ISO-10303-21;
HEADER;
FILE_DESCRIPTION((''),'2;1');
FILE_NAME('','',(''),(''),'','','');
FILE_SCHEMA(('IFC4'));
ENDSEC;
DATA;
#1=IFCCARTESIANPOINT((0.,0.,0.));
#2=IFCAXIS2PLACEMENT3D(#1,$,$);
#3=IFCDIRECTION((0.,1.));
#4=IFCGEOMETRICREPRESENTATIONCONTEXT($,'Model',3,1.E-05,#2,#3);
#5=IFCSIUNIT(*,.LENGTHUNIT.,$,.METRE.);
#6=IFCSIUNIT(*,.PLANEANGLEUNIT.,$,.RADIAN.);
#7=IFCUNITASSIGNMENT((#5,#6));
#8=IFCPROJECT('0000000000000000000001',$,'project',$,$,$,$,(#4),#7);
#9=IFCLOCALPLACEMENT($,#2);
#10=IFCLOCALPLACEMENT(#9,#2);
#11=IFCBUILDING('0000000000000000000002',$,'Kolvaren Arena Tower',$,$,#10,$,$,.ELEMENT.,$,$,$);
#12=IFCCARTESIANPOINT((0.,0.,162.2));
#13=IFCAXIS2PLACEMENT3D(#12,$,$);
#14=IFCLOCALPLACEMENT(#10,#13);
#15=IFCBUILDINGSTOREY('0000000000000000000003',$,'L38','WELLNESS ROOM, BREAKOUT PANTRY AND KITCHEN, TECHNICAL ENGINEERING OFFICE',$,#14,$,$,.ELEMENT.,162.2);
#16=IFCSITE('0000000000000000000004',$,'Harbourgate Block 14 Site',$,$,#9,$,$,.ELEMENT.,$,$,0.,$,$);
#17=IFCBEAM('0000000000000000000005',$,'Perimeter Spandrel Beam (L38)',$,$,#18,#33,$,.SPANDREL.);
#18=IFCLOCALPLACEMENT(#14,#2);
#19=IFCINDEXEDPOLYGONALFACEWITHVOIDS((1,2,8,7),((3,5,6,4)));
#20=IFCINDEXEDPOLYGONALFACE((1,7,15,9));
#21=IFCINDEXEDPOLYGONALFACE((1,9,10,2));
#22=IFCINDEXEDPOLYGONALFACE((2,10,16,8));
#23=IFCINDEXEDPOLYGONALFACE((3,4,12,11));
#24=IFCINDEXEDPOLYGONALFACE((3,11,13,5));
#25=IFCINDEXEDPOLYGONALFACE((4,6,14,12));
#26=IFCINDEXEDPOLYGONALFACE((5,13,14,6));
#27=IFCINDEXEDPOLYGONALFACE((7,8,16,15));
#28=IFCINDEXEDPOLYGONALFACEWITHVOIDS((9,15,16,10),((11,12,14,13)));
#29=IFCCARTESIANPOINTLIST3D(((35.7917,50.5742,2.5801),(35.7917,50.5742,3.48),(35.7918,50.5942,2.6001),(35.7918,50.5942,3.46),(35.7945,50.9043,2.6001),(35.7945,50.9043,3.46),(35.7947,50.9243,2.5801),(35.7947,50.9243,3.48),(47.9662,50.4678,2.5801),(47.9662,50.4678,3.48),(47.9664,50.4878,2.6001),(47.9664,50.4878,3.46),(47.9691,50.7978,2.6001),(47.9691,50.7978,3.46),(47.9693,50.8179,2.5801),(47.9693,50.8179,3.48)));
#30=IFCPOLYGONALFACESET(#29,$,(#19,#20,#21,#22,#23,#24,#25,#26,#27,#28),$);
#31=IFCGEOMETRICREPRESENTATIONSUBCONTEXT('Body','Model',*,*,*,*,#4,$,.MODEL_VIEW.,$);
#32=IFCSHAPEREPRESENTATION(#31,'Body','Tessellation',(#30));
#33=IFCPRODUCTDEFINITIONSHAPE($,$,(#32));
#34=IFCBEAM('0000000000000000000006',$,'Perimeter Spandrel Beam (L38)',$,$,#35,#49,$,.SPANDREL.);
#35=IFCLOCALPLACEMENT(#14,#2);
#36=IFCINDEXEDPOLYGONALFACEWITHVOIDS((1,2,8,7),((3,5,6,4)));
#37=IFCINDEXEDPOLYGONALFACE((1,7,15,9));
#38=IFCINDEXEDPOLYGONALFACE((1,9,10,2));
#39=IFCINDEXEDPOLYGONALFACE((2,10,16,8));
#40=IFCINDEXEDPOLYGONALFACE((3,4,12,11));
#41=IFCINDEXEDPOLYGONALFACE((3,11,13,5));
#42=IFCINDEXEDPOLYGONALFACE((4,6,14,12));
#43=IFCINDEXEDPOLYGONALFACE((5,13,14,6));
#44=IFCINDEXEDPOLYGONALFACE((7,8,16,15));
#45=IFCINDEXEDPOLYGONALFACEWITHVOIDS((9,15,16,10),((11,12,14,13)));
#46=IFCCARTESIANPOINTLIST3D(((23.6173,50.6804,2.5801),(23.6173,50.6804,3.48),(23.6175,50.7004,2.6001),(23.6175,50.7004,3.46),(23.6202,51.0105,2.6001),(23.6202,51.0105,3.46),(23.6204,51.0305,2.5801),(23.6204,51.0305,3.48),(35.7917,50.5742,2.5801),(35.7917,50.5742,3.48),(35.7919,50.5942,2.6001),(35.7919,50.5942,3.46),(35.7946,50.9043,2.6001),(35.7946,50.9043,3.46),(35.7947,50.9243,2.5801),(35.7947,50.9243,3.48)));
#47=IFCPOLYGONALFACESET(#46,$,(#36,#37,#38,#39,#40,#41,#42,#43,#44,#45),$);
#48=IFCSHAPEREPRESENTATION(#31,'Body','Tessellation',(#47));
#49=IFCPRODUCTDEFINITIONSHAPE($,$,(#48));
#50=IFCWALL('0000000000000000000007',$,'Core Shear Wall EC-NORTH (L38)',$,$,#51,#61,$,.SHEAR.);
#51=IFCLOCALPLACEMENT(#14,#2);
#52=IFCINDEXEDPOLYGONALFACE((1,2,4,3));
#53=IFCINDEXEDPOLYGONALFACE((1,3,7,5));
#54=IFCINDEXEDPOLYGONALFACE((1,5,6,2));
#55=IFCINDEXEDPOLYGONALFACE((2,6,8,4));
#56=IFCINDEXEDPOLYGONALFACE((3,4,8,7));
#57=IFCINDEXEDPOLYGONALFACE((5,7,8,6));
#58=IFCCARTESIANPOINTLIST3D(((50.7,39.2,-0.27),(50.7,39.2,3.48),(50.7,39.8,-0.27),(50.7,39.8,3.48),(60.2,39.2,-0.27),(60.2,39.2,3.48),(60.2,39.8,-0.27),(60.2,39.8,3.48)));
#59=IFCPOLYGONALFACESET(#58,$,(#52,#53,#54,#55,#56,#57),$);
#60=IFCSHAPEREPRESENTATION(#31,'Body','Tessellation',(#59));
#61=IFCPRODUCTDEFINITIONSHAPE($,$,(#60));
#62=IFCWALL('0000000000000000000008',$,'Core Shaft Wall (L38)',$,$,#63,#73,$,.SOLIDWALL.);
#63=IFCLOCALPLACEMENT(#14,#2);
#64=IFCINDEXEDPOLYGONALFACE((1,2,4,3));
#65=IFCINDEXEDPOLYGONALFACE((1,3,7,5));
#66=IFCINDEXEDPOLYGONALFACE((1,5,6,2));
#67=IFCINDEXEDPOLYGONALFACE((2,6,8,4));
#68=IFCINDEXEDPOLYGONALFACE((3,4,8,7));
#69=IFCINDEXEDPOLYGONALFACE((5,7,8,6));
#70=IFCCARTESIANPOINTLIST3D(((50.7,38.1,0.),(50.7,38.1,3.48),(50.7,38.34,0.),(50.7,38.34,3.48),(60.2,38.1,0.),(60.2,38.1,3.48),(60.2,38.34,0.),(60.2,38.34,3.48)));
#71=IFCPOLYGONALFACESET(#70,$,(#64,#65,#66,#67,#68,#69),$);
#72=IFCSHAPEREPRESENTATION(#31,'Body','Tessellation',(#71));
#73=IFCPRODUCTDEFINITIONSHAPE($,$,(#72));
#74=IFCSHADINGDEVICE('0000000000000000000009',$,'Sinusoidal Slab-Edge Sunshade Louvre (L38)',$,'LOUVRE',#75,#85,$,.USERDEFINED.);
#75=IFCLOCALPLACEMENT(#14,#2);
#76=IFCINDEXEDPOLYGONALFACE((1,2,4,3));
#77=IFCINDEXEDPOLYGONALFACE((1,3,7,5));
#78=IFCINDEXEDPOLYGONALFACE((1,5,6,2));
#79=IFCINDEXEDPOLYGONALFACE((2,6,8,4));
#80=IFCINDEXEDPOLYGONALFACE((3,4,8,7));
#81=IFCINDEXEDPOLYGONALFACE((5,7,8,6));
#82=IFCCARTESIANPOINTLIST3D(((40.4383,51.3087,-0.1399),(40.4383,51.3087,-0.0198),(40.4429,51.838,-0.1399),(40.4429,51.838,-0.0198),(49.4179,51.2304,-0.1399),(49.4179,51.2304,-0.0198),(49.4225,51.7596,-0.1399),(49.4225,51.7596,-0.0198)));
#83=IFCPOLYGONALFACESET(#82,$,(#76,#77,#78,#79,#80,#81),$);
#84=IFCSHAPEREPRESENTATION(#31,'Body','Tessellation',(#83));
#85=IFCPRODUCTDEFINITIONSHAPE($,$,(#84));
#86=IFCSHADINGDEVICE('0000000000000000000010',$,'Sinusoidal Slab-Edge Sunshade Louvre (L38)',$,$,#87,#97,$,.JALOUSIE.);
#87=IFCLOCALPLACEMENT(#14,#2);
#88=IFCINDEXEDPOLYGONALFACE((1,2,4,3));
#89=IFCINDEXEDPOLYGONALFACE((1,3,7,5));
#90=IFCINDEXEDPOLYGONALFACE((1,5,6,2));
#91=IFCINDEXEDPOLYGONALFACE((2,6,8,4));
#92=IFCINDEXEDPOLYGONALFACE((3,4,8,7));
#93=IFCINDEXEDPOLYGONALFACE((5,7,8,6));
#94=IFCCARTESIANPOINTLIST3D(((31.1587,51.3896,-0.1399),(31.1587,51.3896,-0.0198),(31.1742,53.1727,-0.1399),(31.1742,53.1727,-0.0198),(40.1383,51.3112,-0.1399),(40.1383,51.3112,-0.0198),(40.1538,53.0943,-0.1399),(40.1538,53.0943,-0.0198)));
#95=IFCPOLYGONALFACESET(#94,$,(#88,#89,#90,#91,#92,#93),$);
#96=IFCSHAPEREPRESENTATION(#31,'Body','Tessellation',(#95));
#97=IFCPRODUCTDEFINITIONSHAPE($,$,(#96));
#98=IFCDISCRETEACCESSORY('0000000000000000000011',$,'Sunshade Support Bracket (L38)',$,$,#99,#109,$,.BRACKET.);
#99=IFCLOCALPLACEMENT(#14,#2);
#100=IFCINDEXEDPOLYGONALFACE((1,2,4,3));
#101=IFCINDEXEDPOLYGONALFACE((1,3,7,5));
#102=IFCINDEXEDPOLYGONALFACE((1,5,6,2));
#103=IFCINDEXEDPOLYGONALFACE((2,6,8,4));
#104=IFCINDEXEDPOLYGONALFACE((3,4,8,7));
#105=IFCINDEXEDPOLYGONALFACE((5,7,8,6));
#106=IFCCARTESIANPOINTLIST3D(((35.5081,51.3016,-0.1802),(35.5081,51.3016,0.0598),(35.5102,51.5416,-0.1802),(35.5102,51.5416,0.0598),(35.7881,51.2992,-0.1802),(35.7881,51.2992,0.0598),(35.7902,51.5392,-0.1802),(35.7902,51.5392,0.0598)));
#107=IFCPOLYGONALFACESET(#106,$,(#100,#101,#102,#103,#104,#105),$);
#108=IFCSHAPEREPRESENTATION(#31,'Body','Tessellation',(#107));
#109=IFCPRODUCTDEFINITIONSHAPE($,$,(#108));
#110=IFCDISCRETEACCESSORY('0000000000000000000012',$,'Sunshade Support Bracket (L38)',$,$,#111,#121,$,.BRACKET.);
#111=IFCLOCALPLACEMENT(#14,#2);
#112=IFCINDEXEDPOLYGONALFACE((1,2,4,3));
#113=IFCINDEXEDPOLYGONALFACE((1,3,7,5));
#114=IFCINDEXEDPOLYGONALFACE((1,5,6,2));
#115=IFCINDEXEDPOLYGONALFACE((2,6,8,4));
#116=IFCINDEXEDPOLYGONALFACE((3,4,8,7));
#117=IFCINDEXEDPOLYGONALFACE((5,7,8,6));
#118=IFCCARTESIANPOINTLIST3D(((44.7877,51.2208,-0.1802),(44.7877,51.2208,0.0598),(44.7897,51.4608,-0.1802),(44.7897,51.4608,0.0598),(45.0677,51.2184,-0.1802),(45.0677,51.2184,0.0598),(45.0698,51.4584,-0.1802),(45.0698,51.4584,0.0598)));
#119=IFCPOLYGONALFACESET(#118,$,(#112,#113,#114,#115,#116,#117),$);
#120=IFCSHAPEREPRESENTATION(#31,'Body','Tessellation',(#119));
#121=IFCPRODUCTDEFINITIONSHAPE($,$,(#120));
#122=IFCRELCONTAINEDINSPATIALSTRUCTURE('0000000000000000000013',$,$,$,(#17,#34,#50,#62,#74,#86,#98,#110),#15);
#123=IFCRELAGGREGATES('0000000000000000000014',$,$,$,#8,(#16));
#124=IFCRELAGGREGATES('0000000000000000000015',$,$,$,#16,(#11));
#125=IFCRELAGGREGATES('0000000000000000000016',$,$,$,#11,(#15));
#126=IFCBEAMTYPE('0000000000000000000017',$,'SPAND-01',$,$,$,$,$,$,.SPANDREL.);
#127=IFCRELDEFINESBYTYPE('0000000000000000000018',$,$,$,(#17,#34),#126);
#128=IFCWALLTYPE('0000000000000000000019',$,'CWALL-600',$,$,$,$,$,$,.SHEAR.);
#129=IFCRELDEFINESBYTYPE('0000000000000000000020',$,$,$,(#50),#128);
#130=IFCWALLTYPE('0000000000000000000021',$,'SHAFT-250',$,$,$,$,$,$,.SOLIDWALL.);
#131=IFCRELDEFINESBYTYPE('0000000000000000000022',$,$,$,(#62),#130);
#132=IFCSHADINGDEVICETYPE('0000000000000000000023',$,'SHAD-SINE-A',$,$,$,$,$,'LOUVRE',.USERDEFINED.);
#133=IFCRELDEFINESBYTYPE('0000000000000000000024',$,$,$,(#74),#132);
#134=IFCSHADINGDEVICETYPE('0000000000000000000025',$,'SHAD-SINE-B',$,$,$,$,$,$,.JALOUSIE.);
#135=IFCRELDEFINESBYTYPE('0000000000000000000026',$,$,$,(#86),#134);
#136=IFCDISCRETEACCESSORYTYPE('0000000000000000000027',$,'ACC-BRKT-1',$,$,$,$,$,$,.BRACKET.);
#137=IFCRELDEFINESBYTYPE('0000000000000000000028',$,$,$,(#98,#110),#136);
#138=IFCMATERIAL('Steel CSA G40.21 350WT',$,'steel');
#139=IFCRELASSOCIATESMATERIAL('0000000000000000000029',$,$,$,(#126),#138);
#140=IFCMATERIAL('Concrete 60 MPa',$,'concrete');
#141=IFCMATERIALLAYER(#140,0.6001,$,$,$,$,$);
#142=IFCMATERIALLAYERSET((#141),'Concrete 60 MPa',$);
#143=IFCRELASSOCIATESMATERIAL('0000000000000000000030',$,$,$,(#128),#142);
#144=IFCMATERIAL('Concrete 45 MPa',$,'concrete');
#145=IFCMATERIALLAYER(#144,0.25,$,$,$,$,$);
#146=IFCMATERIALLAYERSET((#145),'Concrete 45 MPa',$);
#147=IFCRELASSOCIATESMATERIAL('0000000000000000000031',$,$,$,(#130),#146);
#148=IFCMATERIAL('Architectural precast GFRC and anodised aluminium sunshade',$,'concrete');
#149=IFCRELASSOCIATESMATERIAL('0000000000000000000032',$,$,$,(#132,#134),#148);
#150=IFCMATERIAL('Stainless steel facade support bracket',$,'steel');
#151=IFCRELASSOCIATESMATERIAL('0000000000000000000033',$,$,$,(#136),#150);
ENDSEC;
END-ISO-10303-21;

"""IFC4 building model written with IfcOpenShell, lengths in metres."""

from ifc_helpers import new_model, si_unit, direction, frame, frame_2d, origin, origin_2d, place, context, subcontext, project, spatial, rectangle, hollow_rectangle, extrude, material, layer, layer_set, material_profile, profile_set, type_object, element, save


model = new_model("IFC4")

# Units and contexts
model_context = context("Model", 3, precision=1e-05, world=origin(), true_north=direction((0.0, 1.0)))
body_context = subcontext(model_context, "Body", "Model", "MODEL_VIEW")
ifc_project = project(units=[si_unit("LENGTHUNIT", "METRE"), si_unit("PLANEANGLEUNIT", "RADIAN")], contexts=[model_context])

# Site, building, storey
site_placement = place(None, origin())
site = spatial("IfcSite", under=ifc_project, at=site_placement, Name="Harbourgate Block 14 Site", CompositionType="ELEMENT", RefElevation=0.0)
building_placement = place(site_placement, origin())
building = spatial("IfcBuilding", under=site, at=building_placement, Name="Kolvaren Arena Tower", CompositionType="ELEMENT")
storey_placement = place(building_placement, frame((0.0, 0.0, 162.2)))
storey = spatial("IfcBuildingStorey", under=building, at=storey_placement, Name="L38", Description="WELLNESS ROOM, BREAKOUT PANTRY AND KITCHEN, TECHNICAL ENGINEERING OFFICE", CompositionType="ELEMENT", Elevation=162.2)

# Beams
ifc_material_1 = material(Name="Steel CSA G40.21 350WT", Category="steel")
ifc_material_profile_1 = material_profile(ifc_material_1, hollow_rectangle(XDim=0.3501, YDim=0.8999, WallThickness=0.02, at=origin_2d()), Name="HSS 900x350x20")
ifc_profile_set_1 = profile_set([ifc_material_profile_1], Name="Steel CSA G40.21 350WT")
beam_type_1 = type_object("IfcBeamType", Name="SPAND-01", PredefinedType="SPANDREL", material=ifc_profile_set_1)
beam_1_placement = place(storey_placement, frame((47.9678, 50.6428, 3.03), z_axis=(-0.999962, 0.008743, 0.0), x_axis=(-0.008743, -0.999962, 0.0)))
element("IfcBeam", 1, at=beam_1_placement, inside=storey, type_object=beam_type_1, Name="Perimeter Spandrel Beam (L38)", PredefinedType="SPANDREL", context=body_context, shape_type="SweptSolid", body=[
    extrude(hollow_rectangle(XDim=0.3501, YDim=0.8999, WallThickness=0.02, at=origin_2d()), origin(), (0.0, 0.0, 1.0), 12.175),
])
beam_2_placement = place(storey_placement, frame((35.7932, 50.7493, 3.03), z_axis=(-0.999962, 0.008723, 0.0), x_axis=(-0.008723, -0.999962, 0.0)))
element("IfcBeam", 2, at=beam_2_placement, inside=storey, type_object=beam_type_1, Name="Perimeter Spandrel Beam (L38)", PredefinedType="SPANDREL", context=body_context, shape_type="SweptSolid", body=[
    extrude(hollow_rectangle(XDim=0.3501, YDim=0.8999, WallThickness=0.02, at=origin_2d()), origin(), (0.0, 0.0, 1.0), 12.1748),
])

# Walls
ifc_material_2 = material(Name="Concrete 60 MPa", Category="concrete")
ifc_layer_1 = layer(ifc_material_2, 0.6001)
ifc_layer_set_1 = layer_set([ifc_layer_1], Name="Concrete 60 MPa")
wall_type_1 = type_object("IfcWallType", Name="CWALL-600", PredefinedType="SHEAR", material=ifc_layer_set_1)
wall_1_placement = place(storey_placement, frame((50.7, 39.5, -0.27), z_axis=(0.0, 0.0, 1.0), x_axis=(1.0, 0.0, 0.0)))
element("IfcWall", 3, at=wall_1_placement, inside=storey, type_object=wall_type_1, Name="Core Shear Wall EC-NORTH (L38)", PredefinedType="SHEAR", context=body_context, shape_type="SweptSolid", body=[
    extrude(rectangle(XDim=9.5, YDim=0.6001, at=frame_2d((4.75, 0.0))), origin(), (0.0, 0.0, 1.0), 3.75),
])
ifc_material_3 = material(Name="Concrete 45 MPa", Category="concrete")
ifc_layer_2 = layer(ifc_material_3, 0.25)
ifc_layer_set_2 = layer_set([ifc_layer_2], Name="Concrete 45 MPa")
wall_type_2 = type_object("IfcWallType", Name="SHAFT-250", PredefinedType="SOLIDWALL", material=ifc_layer_set_2)
wall_2_placement = place(storey_placement, frame((50.7, 38.22, 0.0), z_axis=(0.0, 0.0, 1.0), x_axis=(1.0, 0.0, 0.0)))
element("IfcWall", 4, at=wall_2_placement, inside=storey, type_object=wall_type_2, Name="Core Shaft Wall (L38)", PredefinedType="SOLIDWALL", context=body_context, shape_type="SweptSolid", body=[
    extrude(rectangle(XDim=9.5, YDim=0.24, at=frame_2d((4.75, 0.0))), origin(), (0.0, 0.0, 1.0), 3.48),
])

# Shading devices
ifc_material_4 = material(Name="Architectural precast GFRC and anodised aluminium sunshade", Category="concrete")
shading_device_type_1 = type_object("IfcShadingDeviceType", Name="SHAD-SINE-A", ElementType="LOUVRE", PredefinedType="USERDEFINED", material=ifc_material_4)
shading_device_1_placement = place(storey_placement, frame((44.9304, 51.5342, -0.1399), z_axis=(0.0, 0.0, 1.0), x_axis=(0.999962, -0.008727, 0.0)))
element("IfcShadingDevice", 5, at=shading_device_1_placement, inside=storey, type_object=shading_device_type_1, Name="Sinusoidal Slab-Edge Sunshade Louvre (L38)", ObjectType="LOUVRE", PredefinedType="USERDEFINED", context=body_context, shape_type="SweptSolid", body=[
    extrude(rectangle(XDim=8.98, YDim=0.5293, at=origin_2d()), origin(), (0.0, 0.0, 1.0), 0.1201),
])
shading_device_type_2 = type_object("IfcShadingDeviceType", Name="SHAD-SINE-B", PredefinedType="JALOUSIE", material=ifc_material_4)
shading_device_2_placement = place(storey_placement, frame((35.6562, 52.2419, -0.1399), z_axis=(0.0, 0.0, 1.0), x_axis=(0.999962, -0.008727, 0.0)))
element("IfcShadingDevice", 6, at=shading_device_2_placement, inside=storey, type_object=shading_device_type_2, Name="Sinusoidal Slab-Edge Sunshade Louvre (L38)", PredefinedType="JALOUSIE", context=body_context, shape_type="SweptSolid", body=[
    extrude(rectangle(XDim=8.98, YDim=1.7832, at=origin_2d()), origin(), (0.0, 0.0, 1.0), 0.1201),
])

# Discrete accessories
ifc_material_5 = material(Name="Stainless steel facade support bracket", Category="steel")
discrete_accessory_type = type_object("IfcDiscreteAccessoryType", Name="ACC-BRKT-1", PredefinedType="BRACKET", material=ifc_material_5)
for number, where, z_axis, x_axis, name in (
    (7, (35.6492, 51.4204, -0.1802), (0.0, 0.0, 1.0), (0.999962, -0.008727, 0.0), "Sunshade Support Bracket (L38)"),
    (8, (44.9287, 51.3396, -0.1802), (0.0, 0.0, 1.0), (0.999962, -0.008727, 0.0), "Sunshade Support Bracket (L38)"),
):
    element("IfcDiscreteAccessory", number, at=place(storey_placement, frame(where, z_axis=z_axis, x_axis=x_axis)), inside=storey, type_object=discrete_accessory_type, Name=name, PredefinedType="BRACKET", context=body_context, shape_type="SweptSolid", body=[
        extrude(rectangle(XDim=0.28, YDim=0.24, at=origin_2d()), origin(), (0.0, 0.0, 1.0), 0.24),
    ])

save(model, "model.ifc")
